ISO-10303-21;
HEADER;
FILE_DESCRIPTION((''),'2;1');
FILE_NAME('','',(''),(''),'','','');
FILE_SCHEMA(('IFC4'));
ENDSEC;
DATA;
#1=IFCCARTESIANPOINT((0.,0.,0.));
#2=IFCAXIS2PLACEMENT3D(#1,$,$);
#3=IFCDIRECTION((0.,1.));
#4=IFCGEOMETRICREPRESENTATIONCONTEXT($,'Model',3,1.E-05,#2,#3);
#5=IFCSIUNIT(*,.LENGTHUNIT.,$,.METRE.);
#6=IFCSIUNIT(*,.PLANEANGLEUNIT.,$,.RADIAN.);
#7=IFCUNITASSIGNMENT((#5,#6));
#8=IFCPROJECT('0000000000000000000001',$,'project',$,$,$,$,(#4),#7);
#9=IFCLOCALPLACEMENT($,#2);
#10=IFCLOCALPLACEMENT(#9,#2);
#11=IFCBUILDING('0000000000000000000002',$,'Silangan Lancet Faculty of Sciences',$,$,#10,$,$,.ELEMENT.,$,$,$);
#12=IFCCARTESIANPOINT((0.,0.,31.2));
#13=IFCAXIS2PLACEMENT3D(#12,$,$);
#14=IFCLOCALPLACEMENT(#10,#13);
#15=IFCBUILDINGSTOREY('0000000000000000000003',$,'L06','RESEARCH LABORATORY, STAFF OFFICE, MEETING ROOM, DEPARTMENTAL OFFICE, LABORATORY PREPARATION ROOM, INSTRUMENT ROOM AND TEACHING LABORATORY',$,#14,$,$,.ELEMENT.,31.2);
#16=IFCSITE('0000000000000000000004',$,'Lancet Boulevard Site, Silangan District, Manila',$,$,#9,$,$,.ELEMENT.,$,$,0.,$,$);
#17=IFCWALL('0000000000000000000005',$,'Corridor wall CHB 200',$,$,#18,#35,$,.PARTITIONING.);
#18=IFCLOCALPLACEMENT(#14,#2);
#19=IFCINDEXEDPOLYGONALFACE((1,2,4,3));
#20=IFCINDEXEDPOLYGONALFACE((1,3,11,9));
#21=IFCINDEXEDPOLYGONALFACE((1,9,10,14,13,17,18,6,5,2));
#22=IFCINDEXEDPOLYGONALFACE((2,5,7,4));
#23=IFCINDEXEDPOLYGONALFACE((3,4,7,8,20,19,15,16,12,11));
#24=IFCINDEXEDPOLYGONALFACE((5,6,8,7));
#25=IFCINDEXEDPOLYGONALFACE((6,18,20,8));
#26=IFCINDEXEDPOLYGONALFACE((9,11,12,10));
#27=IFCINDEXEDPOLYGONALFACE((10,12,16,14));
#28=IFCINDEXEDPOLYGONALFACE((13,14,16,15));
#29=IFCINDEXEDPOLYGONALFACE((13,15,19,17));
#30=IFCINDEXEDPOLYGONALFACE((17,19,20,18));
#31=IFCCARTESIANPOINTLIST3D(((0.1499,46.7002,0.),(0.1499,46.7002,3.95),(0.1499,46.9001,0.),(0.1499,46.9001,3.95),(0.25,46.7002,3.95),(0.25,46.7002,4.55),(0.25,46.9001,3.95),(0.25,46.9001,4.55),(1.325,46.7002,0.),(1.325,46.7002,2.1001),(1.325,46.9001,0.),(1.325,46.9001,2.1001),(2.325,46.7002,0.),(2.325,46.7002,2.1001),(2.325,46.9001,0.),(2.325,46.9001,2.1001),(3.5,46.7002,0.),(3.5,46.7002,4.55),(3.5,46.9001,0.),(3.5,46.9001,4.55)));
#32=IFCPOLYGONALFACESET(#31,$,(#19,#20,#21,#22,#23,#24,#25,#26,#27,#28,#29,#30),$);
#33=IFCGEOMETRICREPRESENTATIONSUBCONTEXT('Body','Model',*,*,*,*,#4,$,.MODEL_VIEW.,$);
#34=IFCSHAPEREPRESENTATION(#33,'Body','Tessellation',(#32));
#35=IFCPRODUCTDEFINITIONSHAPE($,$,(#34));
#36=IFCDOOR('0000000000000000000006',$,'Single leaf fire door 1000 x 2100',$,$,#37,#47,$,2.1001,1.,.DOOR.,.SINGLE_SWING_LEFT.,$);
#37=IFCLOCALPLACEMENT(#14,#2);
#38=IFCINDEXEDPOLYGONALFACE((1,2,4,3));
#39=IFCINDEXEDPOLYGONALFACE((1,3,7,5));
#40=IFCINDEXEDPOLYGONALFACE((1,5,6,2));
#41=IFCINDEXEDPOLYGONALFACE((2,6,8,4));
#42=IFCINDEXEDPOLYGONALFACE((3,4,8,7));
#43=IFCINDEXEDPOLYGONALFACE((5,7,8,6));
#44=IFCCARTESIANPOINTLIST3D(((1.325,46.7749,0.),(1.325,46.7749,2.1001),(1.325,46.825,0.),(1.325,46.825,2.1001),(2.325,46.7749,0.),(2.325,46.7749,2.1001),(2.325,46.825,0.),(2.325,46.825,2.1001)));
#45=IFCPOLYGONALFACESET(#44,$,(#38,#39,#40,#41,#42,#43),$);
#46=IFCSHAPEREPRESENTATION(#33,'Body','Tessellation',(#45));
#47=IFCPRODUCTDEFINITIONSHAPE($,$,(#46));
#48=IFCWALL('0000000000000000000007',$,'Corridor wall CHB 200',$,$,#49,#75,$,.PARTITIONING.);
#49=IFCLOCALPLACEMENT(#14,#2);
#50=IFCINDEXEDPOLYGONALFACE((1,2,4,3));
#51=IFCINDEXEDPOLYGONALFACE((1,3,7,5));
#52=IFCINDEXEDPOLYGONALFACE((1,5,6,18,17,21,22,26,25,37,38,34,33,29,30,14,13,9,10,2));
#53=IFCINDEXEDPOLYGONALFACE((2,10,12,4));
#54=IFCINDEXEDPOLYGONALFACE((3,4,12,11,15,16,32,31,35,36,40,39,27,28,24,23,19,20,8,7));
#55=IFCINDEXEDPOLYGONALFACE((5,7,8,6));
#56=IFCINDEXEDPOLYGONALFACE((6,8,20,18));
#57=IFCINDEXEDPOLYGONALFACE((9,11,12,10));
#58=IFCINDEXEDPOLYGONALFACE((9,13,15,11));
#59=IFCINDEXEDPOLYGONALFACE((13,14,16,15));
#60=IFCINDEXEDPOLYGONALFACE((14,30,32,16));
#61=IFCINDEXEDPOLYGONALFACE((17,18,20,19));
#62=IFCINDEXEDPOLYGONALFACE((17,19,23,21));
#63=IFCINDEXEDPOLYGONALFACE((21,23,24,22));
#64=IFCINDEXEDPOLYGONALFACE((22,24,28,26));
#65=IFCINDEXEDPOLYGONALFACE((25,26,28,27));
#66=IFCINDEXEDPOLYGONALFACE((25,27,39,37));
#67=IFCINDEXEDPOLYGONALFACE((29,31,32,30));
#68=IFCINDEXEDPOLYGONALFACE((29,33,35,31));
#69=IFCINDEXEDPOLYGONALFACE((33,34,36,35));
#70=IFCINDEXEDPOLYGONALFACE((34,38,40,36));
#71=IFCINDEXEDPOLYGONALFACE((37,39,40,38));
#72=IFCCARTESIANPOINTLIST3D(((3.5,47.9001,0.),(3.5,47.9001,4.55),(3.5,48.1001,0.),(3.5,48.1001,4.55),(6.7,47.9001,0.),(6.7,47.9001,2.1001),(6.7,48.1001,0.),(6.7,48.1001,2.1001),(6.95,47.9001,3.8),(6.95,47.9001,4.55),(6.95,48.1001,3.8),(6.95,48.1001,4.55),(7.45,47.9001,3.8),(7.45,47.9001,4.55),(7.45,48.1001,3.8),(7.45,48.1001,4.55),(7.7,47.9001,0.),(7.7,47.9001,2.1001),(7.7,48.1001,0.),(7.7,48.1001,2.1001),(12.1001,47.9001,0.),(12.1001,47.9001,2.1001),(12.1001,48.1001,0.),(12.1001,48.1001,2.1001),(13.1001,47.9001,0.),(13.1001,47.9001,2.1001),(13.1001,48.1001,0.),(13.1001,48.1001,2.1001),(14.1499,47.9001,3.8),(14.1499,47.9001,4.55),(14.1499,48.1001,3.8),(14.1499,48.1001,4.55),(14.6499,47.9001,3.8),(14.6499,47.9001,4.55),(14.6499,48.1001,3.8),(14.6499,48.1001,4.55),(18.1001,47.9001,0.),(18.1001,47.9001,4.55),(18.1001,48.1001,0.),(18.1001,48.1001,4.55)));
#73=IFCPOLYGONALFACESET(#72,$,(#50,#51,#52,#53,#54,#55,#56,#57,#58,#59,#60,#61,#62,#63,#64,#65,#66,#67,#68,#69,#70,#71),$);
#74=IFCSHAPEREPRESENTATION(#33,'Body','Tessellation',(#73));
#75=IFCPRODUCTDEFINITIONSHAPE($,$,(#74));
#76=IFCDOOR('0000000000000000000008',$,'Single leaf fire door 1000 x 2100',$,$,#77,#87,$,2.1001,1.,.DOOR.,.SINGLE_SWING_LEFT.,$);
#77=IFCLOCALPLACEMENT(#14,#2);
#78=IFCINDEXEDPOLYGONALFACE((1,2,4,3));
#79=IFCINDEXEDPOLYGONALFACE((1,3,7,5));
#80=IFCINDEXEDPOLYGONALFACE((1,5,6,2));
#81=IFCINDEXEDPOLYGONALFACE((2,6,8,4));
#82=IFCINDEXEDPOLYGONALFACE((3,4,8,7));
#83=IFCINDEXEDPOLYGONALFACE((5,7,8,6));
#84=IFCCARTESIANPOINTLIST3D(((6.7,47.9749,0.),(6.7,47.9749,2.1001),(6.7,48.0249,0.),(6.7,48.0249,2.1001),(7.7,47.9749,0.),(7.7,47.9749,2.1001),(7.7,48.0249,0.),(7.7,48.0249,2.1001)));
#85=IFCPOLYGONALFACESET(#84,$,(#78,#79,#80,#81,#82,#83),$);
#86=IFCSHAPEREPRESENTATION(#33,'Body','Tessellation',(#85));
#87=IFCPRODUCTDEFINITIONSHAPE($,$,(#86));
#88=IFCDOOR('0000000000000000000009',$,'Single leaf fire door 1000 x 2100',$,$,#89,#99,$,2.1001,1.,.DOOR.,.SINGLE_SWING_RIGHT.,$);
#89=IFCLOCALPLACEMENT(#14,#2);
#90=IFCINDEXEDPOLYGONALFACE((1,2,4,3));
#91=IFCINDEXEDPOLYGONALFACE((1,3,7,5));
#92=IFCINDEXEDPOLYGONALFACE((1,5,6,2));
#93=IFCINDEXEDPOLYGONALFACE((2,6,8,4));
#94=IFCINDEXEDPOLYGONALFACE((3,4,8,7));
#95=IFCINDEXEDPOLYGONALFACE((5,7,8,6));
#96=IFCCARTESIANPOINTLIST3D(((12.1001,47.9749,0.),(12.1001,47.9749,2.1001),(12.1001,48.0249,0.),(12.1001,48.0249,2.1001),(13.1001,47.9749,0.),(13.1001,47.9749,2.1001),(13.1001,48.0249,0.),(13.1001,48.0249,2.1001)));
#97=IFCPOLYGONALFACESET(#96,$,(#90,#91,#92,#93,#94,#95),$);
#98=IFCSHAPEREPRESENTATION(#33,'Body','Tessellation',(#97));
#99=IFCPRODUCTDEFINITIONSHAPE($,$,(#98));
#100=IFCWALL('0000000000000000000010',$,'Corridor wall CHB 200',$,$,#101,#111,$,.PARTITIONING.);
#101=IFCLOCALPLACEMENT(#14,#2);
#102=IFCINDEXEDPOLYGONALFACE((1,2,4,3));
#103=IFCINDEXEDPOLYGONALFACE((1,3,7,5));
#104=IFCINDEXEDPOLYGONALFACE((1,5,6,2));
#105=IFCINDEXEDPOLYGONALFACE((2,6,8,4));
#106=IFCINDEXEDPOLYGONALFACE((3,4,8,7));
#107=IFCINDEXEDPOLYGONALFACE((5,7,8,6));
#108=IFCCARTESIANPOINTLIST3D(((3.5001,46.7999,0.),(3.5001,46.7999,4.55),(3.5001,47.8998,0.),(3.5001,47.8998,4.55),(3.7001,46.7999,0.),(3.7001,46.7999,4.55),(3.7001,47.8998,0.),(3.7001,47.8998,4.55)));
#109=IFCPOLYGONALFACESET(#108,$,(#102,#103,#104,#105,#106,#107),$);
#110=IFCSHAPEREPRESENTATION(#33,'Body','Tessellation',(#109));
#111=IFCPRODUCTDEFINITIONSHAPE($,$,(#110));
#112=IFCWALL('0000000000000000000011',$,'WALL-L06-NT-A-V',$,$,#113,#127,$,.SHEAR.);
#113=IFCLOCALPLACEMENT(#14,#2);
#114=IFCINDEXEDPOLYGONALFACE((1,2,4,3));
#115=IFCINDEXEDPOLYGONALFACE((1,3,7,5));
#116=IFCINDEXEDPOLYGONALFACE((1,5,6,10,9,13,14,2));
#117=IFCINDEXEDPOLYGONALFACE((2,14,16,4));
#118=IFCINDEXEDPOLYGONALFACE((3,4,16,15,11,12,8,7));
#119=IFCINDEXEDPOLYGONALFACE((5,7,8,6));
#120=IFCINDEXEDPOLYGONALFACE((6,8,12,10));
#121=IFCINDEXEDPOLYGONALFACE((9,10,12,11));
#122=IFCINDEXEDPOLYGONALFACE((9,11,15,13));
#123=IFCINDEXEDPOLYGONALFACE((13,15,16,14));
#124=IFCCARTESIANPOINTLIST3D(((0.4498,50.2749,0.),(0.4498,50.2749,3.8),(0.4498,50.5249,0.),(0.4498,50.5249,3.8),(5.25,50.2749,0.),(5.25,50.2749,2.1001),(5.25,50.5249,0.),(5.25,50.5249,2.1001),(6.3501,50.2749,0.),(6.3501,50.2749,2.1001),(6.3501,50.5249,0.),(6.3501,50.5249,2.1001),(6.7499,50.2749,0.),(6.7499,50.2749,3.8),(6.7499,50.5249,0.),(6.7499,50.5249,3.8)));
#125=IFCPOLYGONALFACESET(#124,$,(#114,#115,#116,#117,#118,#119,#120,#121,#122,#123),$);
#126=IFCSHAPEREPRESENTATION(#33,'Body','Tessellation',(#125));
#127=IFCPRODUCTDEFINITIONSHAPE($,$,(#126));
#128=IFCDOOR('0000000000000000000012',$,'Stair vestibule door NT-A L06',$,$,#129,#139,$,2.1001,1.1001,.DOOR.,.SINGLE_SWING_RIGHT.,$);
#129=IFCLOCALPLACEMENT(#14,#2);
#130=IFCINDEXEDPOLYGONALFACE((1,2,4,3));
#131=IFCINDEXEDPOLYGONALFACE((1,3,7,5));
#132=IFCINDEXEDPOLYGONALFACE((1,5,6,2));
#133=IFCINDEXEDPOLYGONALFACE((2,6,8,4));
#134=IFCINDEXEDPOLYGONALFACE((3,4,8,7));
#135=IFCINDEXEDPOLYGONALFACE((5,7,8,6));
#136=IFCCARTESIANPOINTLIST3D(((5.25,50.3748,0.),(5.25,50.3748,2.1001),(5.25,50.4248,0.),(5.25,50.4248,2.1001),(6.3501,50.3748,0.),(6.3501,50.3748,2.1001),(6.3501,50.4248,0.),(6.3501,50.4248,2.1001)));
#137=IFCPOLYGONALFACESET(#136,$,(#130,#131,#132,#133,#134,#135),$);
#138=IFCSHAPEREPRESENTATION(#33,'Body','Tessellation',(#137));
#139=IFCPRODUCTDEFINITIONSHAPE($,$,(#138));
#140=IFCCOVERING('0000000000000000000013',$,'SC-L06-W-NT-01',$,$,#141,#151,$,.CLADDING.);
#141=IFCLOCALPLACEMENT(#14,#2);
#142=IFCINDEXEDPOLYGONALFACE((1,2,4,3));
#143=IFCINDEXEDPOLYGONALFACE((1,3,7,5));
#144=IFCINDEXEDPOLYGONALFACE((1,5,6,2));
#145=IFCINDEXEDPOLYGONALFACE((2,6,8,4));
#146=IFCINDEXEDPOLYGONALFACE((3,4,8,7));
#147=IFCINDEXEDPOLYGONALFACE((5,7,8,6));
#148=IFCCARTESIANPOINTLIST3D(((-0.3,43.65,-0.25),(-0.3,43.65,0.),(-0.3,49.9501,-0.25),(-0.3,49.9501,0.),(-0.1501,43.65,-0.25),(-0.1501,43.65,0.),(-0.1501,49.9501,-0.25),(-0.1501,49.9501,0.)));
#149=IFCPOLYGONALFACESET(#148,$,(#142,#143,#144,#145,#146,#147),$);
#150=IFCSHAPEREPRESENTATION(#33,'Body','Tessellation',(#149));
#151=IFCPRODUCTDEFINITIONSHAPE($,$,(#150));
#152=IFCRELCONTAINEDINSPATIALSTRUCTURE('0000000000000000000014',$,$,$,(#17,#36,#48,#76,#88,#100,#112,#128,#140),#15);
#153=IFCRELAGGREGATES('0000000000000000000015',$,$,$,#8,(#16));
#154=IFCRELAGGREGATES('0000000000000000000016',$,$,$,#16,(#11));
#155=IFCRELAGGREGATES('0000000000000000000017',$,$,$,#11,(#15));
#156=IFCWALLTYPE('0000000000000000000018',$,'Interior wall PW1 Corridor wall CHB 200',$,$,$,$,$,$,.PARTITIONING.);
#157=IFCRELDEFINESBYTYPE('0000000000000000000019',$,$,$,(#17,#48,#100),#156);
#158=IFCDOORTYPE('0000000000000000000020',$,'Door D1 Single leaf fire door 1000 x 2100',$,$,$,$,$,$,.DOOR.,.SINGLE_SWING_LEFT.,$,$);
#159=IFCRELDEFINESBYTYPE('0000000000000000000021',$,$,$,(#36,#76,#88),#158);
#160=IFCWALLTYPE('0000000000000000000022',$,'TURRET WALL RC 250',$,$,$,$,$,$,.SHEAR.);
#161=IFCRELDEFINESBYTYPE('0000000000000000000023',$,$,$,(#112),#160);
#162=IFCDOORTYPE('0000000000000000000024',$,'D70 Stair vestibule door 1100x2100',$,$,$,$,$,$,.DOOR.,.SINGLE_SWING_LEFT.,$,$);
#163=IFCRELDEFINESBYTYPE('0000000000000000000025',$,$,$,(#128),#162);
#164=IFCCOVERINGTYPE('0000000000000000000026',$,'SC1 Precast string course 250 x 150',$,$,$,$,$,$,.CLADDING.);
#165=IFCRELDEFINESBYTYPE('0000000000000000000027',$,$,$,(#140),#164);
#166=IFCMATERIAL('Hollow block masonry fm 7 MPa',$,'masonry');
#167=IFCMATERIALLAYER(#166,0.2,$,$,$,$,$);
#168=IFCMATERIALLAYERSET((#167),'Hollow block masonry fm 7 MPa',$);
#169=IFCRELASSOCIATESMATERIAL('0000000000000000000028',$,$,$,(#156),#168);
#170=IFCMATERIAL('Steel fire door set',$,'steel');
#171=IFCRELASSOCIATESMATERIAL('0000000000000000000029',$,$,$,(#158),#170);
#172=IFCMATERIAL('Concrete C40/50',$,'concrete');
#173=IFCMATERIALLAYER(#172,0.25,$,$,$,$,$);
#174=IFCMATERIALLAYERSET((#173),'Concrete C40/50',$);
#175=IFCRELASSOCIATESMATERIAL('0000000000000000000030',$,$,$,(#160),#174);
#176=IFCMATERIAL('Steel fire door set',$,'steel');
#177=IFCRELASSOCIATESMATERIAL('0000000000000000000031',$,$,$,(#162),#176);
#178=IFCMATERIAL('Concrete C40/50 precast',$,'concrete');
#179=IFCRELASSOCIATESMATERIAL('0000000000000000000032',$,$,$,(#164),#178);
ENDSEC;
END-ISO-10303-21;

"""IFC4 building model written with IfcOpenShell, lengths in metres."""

from ifc_helpers import new_model, si_unit, direction, frame, frame_2d, origin, origin_2d, place, context, subcontext, project, spatial, polyline, rectangle, outline, extrude, material, layer, layer_set, type_object, element, fill, save


model = new_model("IFC4")

# Units and contexts
model_context = context("Model", 3, precision=1e-05, world=origin(), true_north=direction((0.0, 1.0)))
body_context = subcontext(model_context, "Body", "Model", "MODEL_VIEW")
ifc_project = project(units=[si_unit("LENGTHUNIT", "METRE"), si_unit("PLANEANGLEUNIT", "RADIAN")], contexts=[model_context])

# Site, building, storey
site_placement = place(None, origin())
site = spatial("IfcSite", under=ifc_project, at=site_placement, Name="Lancet Boulevard Site, Silangan District, Manila", CompositionType="ELEMENT", RefElevation=0.0)
building_placement = place(site_placement, origin())
building = spatial("IfcBuilding", under=site, at=building_placement, Name="Silangan Lancet Faculty of Sciences", CompositionType="ELEMENT")
storey_placement = place(building_placement, frame((0.0, 0.0, 31.2)))
storey = spatial("IfcBuildingStorey", under=building, at=storey_placement, Name="L06", Description="RESEARCH LABORATORY, STAFF OFFICE, MEETING ROOM, DEPARTMENTAL OFFICE, LABORATORY PREPARATION ROOM, INSTRUMENT ROOM AND TEACHING LABORATORY", CompositionType="ELEMENT", Elevation=31.2)

# Wall, opening, door
ifc_material_1 = material(Name="Hollow block masonry fm 7 MPa", Category="masonry")
ifc_layer_1 = layer(ifc_material_1, 0.2)
ifc_layer_set_1 = layer_set([ifc_layer_1], Name="Hollow block masonry fm 7 MPa")
wall_type_1 = type_object("IfcWallType", Name="Interior wall PW1 Corridor wall CHB 200", PredefinedType="PARTITIONING", material=ifc_layer_set_1)
wall_1_placement = place(storey_placement, frame((0.1499, 46.8, 0.0), z_axis=(0.0, 0.0, 1.0), x_axis=(1.0, 0.0, 0.0)))
wall_1 = element("IfcWall", 1, at=wall_1_placement, inside=storey, type_object=wall_type_1, Name="Corridor wall CHB 200", PredefinedType="PARTITIONING", context=body_context, shape_type="SweptSolid", body=[
    extrude(outline(polyline([(0.0, 0.0), (3.3501, 0.0), (3.3501, 4.55), (0.1001, 4.55), (0.1001, 3.95), (0.0, 3.95), (0.0, 0.0)])), frame((0.0, 0.1001, 0.0), z_axis=(0.0, -1.0, 0.0), x_axis=(1.0, 0.0, 0.0)), (0.0, 0.0, 1.0), 0.2),
])
opening_1_placement = place(wall_1_placement, frame((1.175, 0.0, 0.0)))
opening_1 = element("IfcOpeningElement", 2, at=opening_1_placement, cuts=wall_1, PredefinedType="OPENING", context=body_context, shape_type="SweptSolid", body=[
    extrude(rectangle(XDim=1.0, YDim=2.1001, at=frame_2d((0.5, 1.05))), frame((0.0, 0.1099, 0.0), z_axis=(0.0, -1.0, 0.0), x_axis=(1.0, 0.0, 0.0)), (0.0, 0.0, 1.0), 0.22),
])
ifc_material_2 = material(Name="Steel fire door set", Category="steel")
door_type_1 = type_object("IfcDoorType", Name="Door D1 Single leaf fire door 1000 x 2100", OperationType="SINGLE_SWING_LEFT", PredefinedType="DOOR", material=ifc_material_2)
door_1_placement = place(opening_1_placement, frame((1.0, 0.0, 0.0), z_axis=(0.0, 0.0, 1.0), x_axis=(-1.0, 0.0, 0.0)))
door_1 = element("IfcDoor", 3, at=door_1_placement, inside=storey, type_object=door_type_1, Name="Single leaf fire door 1000 x 2100", OperationType="SINGLE_SWING_LEFT", OverallHeight=2.1001, OverallWidth=1.0, PredefinedType="DOOR", context=body_context, shape_type="SweptSolid", body=[
    extrude(rectangle(XDim=1.0, YDim=2.1001, at=frame_2d((0.5, 1.05))), frame((0.0, 0.0251, 0.0), z_axis=(0.0, -1.0, 0.0), x_axis=(1.0, 0.0, 0.0)), (0.0, 0.0, 1.0), 0.05),
])
fill(opening_1, door_1)

# Wall, openings, doors
wall_2_placement = place(storey_placement, frame((3.5, 48.0, 0.0), z_axis=(0.0, 0.0, 1.0), x_axis=(1.0, 0.0, 0.0)))
wall_2 = element("IfcWall", 4, at=wall_2_placement, inside=storey, type_object=wall_type_1, Name="Corridor wall CHB 200", PredefinedType="PARTITIONING", context=body_context, shape_type="SweptSolid", body=[
    extrude(outline(polyline([(0.0, 0.0), (14.6001, 0.0), (14.6001, 4.55), (11.1499, 4.55), (11.1499, 3.8), (10.6499, 3.8), (10.6499, 4.55), (3.95, 4.55), (3.95, 3.8), (3.45, 3.8), (3.45, 4.55), (0.0, 4.55), (0.0, 0.0)])), frame((0.0, 0.1001, 0.0), z_axis=(0.0, -1.0, 0.0), x_axis=(1.0, 0.0, 0.0)), (0.0, 0.0, 1.0), 0.2),
])
opening_2_placement = place(wall_2_placement, frame((3.2, 0.0, 0.0)))
opening_2 = element("IfcOpeningElement", 5, at=opening_2_placement, cuts=wall_2, PredefinedType="OPENING", context=body_context, shape_type="SweptSolid", body=[
    extrude(rectangle(XDim=1.0, YDim=2.1001, at=frame_2d((0.5, 1.05))), frame((0.0, 0.1099, 0.0), z_axis=(0.0, -1.0, 0.0), x_axis=(1.0, 0.0, 0.0)), (0.0, 0.0, 1.0), 0.22),
])
opening_3_placement = place(wall_2_placement, frame((8.6001, 0.0, 0.0)))
opening_3 = element("IfcOpeningElement", 6, at=opening_3_placement, cuts=wall_2, PredefinedType="OPENING", context=body_context, shape_type="SweptSolid", body=[
    extrude(rectangle(XDim=1.0, YDim=2.1001, at=frame_2d((0.5, 1.05))), frame((0.0, 0.1099, 0.0), z_axis=(0.0, -1.0, 0.0), x_axis=(1.0, 0.0, 0.0)), (0.0, 0.0, 1.0), 0.22),
])
door_2_placement = place(opening_2_placement, frame((1.0, 0.0, 0.0), z_axis=(0.0, 0.0, 1.0), x_axis=(-1.0, 0.0, 0.0)))
door_2 = element("IfcDoor", 7, at=door_2_placement, inside=storey, type_object=door_type_1, Name="Single leaf fire door 1000 x 2100", OperationType="SINGLE_SWING_LEFT", OverallHeight=2.1001, OverallWidth=1.0, PredefinedType="DOOR", context=body_context, shape_type="SweptSolid", body=[
    extrude(rectangle(XDim=1.0, YDim=2.1001, at=frame_2d((0.5, 1.05))), frame((0.0, 0.0251, 0.0), z_axis=(0.0, -1.0, 0.0), x_axis=(1.0, 0.0, 0.0)), (0.0, 0.0, 1.0), 0.05),
])
fill(opening_2, door_2)
door_3_placement = place(opening_3_placement, frame((1.0, 0.0, 0.0), z_axis=(0.0, 0.0, 1.0), x_axis=(-1.0, 0.0, 0.0)))
door_3 = element("IfcDoor", 8, at=door_3_placement, inside=storey, type_object=door_type_1, Name="Single leaf fire door 1000 x 2100", OperationType="SINGLE_SWING_RIGHT", OverallHeight=2.1001, OverallWidth=1.0, PredefinedType="DOOR", context=body_context, shape_type="SweptSolid", body=[
    extrude(rectangle(XDim=1.0, YDim=2.1001, at=frame_2d((0.5, 1.05))), frame((0.0, 0.0251, 0.0), z_axis=(0.0, -1.0, 0.0), x_axis=(1.0, 0.0, 0.0)), (0.0, 0.0, 1.0), 0.05),
])
fill(opening_3, door_3)

# Wall
wall_3_placement = place(storey_placement, frame((3.6001, 46.8, 0.0), z_axis=(0.0, 0.0, 1.0), x_axis=(0.0, 1.0, 0.0)))
element("IfcWall", 9, at=wall_3_placement, inside=storey, type_object=wall_type_1, Name="Corridor wall CHB 200", PredefinedType="PARTITIONING", context=body_context, shape_type="SweptSolid", body=[
    extrude(rectangle(XDim=1.0999, YDim=0.2, at=frame_2d((0.5498, 0.0))), origin(), (0.0, 0.0, 1.0), 4.55),
])

# Wall, opening, door
ifc_material_3 = material(Name="Concrete C40/50", Category="concrete")
ifc_layer_2 = layer(ifc_material_3, 0.25)
ifc_layer_set_2 = layer_set([ifc_layer_2], Name="Concrete C40/50")
wall_type_2 = type_object("IfcWallType", Name="TURRET WALL RC 250", PredefinedType="SHEAR", material=ifc_layer_set_2)
wall_4_placement = place(storey_placement, frame((0.45, 50.3999, 0.0), z_axis=(0.0, 0.0, 1.0), x_axis=(1.0, 0.0, 0.0)))
wall_4 = element("IfcWall", 10, at=wall_4_placement, inside=storey, type_object=wall_type_2, Name="WALL-L06-NT-A-V", PredefinedType="SHEAR", context=body_context, shape_type="SweptSolid", body=[
    extrude(rectangle(XDim=6.3, YDim=0.25, at=frame_2d((3.1499, 0.0))), origin(), (0.0, 0.0, 1.0), 3.8),
])
opening_4_placement = place(wall_4_placement, frame((4.8, 0.0, 0.0)))
opening_4 = element("IfcOpeningElement", 11, at=opening_4_placement, cuts=wall_4, PredefinedType="OPENING", context=body_context, shape_type="SweptSolid", body=[
    extrude(rectangle(XDim=1.1001, YDim=2.1001, at=frame_2d((0.55, 1.05))), frame((0.0, 0.135, 0.0), z_axis=(0.0, -1.0, 0.0), x_axis=(1.0, 0.0, 0.0)), (0.0, 0.0, 1.0), 0.27),
])
ifc_material_4 = material(Name="Steel fire door set", Category="steel")
door_type_2 = type_object("IfcDoorType", Name="D70 Stair vestibule door 1100x2100", OperationType="SINGLE_SWING_LEFT", PredefinedType="DOOR", material=ifc_material_4)
door_4_placement = place(opening_4_placement, origin())
door_4 = element("IfcDoor", 12, at=door_4_placement, inside=storey, type_object=door_type_2, Name="Stair vestibule door NT-A L06", OperationType="SINGLE_SWING_RIGHT", OverallHeight=2.1001, OverallWidth=1.1001, PredefinedType="DOOR", context=body_context, shape_type="SweptSolid", body=[
    extrude(rectangle(XDim=1.1001, YDim=2.1001, at=frame_2d((0.55, 1.05))), frame((0.0, 0.0249, 0.0), z_axis=(0.0, -1.0, 0.0), x_axis=(1.0, 0.0, 0.0)), (0.0, 0.0, 1.0), 0.05),
])
fill(opening_4, door_4)

# Covering
ifc_material_5 = material(Name="Concrete C40/50 precast", Category="concrete")
covering_type = type_object("IfcCoveringType", Name="SC1 Precast string course 250 x 150", PredefinedType="CLADDING", material=ifc_material_5)
covering_placement = place(storey_placement, frame((-0.2251, 46.8, -0.25), z_axis=(0.0, 0.0, 1.0), x_axis=(1.0, 0.0, 0.0)))
element("IfcCovering", 13, at=covering_placement, inside=storey, type_object=covering_type, Name="SC-L06-W-NT-01", PredefinedType="CLADDING", context=body_context, shape_type="SweptSolid", body=[
    extrude(rectangle(XDim=0.1499, YDim=6.3, at=origin_2d()), origin(), (0.0, 0.0, 1.0), 0.25),
])

save(model, "model.ifc")
